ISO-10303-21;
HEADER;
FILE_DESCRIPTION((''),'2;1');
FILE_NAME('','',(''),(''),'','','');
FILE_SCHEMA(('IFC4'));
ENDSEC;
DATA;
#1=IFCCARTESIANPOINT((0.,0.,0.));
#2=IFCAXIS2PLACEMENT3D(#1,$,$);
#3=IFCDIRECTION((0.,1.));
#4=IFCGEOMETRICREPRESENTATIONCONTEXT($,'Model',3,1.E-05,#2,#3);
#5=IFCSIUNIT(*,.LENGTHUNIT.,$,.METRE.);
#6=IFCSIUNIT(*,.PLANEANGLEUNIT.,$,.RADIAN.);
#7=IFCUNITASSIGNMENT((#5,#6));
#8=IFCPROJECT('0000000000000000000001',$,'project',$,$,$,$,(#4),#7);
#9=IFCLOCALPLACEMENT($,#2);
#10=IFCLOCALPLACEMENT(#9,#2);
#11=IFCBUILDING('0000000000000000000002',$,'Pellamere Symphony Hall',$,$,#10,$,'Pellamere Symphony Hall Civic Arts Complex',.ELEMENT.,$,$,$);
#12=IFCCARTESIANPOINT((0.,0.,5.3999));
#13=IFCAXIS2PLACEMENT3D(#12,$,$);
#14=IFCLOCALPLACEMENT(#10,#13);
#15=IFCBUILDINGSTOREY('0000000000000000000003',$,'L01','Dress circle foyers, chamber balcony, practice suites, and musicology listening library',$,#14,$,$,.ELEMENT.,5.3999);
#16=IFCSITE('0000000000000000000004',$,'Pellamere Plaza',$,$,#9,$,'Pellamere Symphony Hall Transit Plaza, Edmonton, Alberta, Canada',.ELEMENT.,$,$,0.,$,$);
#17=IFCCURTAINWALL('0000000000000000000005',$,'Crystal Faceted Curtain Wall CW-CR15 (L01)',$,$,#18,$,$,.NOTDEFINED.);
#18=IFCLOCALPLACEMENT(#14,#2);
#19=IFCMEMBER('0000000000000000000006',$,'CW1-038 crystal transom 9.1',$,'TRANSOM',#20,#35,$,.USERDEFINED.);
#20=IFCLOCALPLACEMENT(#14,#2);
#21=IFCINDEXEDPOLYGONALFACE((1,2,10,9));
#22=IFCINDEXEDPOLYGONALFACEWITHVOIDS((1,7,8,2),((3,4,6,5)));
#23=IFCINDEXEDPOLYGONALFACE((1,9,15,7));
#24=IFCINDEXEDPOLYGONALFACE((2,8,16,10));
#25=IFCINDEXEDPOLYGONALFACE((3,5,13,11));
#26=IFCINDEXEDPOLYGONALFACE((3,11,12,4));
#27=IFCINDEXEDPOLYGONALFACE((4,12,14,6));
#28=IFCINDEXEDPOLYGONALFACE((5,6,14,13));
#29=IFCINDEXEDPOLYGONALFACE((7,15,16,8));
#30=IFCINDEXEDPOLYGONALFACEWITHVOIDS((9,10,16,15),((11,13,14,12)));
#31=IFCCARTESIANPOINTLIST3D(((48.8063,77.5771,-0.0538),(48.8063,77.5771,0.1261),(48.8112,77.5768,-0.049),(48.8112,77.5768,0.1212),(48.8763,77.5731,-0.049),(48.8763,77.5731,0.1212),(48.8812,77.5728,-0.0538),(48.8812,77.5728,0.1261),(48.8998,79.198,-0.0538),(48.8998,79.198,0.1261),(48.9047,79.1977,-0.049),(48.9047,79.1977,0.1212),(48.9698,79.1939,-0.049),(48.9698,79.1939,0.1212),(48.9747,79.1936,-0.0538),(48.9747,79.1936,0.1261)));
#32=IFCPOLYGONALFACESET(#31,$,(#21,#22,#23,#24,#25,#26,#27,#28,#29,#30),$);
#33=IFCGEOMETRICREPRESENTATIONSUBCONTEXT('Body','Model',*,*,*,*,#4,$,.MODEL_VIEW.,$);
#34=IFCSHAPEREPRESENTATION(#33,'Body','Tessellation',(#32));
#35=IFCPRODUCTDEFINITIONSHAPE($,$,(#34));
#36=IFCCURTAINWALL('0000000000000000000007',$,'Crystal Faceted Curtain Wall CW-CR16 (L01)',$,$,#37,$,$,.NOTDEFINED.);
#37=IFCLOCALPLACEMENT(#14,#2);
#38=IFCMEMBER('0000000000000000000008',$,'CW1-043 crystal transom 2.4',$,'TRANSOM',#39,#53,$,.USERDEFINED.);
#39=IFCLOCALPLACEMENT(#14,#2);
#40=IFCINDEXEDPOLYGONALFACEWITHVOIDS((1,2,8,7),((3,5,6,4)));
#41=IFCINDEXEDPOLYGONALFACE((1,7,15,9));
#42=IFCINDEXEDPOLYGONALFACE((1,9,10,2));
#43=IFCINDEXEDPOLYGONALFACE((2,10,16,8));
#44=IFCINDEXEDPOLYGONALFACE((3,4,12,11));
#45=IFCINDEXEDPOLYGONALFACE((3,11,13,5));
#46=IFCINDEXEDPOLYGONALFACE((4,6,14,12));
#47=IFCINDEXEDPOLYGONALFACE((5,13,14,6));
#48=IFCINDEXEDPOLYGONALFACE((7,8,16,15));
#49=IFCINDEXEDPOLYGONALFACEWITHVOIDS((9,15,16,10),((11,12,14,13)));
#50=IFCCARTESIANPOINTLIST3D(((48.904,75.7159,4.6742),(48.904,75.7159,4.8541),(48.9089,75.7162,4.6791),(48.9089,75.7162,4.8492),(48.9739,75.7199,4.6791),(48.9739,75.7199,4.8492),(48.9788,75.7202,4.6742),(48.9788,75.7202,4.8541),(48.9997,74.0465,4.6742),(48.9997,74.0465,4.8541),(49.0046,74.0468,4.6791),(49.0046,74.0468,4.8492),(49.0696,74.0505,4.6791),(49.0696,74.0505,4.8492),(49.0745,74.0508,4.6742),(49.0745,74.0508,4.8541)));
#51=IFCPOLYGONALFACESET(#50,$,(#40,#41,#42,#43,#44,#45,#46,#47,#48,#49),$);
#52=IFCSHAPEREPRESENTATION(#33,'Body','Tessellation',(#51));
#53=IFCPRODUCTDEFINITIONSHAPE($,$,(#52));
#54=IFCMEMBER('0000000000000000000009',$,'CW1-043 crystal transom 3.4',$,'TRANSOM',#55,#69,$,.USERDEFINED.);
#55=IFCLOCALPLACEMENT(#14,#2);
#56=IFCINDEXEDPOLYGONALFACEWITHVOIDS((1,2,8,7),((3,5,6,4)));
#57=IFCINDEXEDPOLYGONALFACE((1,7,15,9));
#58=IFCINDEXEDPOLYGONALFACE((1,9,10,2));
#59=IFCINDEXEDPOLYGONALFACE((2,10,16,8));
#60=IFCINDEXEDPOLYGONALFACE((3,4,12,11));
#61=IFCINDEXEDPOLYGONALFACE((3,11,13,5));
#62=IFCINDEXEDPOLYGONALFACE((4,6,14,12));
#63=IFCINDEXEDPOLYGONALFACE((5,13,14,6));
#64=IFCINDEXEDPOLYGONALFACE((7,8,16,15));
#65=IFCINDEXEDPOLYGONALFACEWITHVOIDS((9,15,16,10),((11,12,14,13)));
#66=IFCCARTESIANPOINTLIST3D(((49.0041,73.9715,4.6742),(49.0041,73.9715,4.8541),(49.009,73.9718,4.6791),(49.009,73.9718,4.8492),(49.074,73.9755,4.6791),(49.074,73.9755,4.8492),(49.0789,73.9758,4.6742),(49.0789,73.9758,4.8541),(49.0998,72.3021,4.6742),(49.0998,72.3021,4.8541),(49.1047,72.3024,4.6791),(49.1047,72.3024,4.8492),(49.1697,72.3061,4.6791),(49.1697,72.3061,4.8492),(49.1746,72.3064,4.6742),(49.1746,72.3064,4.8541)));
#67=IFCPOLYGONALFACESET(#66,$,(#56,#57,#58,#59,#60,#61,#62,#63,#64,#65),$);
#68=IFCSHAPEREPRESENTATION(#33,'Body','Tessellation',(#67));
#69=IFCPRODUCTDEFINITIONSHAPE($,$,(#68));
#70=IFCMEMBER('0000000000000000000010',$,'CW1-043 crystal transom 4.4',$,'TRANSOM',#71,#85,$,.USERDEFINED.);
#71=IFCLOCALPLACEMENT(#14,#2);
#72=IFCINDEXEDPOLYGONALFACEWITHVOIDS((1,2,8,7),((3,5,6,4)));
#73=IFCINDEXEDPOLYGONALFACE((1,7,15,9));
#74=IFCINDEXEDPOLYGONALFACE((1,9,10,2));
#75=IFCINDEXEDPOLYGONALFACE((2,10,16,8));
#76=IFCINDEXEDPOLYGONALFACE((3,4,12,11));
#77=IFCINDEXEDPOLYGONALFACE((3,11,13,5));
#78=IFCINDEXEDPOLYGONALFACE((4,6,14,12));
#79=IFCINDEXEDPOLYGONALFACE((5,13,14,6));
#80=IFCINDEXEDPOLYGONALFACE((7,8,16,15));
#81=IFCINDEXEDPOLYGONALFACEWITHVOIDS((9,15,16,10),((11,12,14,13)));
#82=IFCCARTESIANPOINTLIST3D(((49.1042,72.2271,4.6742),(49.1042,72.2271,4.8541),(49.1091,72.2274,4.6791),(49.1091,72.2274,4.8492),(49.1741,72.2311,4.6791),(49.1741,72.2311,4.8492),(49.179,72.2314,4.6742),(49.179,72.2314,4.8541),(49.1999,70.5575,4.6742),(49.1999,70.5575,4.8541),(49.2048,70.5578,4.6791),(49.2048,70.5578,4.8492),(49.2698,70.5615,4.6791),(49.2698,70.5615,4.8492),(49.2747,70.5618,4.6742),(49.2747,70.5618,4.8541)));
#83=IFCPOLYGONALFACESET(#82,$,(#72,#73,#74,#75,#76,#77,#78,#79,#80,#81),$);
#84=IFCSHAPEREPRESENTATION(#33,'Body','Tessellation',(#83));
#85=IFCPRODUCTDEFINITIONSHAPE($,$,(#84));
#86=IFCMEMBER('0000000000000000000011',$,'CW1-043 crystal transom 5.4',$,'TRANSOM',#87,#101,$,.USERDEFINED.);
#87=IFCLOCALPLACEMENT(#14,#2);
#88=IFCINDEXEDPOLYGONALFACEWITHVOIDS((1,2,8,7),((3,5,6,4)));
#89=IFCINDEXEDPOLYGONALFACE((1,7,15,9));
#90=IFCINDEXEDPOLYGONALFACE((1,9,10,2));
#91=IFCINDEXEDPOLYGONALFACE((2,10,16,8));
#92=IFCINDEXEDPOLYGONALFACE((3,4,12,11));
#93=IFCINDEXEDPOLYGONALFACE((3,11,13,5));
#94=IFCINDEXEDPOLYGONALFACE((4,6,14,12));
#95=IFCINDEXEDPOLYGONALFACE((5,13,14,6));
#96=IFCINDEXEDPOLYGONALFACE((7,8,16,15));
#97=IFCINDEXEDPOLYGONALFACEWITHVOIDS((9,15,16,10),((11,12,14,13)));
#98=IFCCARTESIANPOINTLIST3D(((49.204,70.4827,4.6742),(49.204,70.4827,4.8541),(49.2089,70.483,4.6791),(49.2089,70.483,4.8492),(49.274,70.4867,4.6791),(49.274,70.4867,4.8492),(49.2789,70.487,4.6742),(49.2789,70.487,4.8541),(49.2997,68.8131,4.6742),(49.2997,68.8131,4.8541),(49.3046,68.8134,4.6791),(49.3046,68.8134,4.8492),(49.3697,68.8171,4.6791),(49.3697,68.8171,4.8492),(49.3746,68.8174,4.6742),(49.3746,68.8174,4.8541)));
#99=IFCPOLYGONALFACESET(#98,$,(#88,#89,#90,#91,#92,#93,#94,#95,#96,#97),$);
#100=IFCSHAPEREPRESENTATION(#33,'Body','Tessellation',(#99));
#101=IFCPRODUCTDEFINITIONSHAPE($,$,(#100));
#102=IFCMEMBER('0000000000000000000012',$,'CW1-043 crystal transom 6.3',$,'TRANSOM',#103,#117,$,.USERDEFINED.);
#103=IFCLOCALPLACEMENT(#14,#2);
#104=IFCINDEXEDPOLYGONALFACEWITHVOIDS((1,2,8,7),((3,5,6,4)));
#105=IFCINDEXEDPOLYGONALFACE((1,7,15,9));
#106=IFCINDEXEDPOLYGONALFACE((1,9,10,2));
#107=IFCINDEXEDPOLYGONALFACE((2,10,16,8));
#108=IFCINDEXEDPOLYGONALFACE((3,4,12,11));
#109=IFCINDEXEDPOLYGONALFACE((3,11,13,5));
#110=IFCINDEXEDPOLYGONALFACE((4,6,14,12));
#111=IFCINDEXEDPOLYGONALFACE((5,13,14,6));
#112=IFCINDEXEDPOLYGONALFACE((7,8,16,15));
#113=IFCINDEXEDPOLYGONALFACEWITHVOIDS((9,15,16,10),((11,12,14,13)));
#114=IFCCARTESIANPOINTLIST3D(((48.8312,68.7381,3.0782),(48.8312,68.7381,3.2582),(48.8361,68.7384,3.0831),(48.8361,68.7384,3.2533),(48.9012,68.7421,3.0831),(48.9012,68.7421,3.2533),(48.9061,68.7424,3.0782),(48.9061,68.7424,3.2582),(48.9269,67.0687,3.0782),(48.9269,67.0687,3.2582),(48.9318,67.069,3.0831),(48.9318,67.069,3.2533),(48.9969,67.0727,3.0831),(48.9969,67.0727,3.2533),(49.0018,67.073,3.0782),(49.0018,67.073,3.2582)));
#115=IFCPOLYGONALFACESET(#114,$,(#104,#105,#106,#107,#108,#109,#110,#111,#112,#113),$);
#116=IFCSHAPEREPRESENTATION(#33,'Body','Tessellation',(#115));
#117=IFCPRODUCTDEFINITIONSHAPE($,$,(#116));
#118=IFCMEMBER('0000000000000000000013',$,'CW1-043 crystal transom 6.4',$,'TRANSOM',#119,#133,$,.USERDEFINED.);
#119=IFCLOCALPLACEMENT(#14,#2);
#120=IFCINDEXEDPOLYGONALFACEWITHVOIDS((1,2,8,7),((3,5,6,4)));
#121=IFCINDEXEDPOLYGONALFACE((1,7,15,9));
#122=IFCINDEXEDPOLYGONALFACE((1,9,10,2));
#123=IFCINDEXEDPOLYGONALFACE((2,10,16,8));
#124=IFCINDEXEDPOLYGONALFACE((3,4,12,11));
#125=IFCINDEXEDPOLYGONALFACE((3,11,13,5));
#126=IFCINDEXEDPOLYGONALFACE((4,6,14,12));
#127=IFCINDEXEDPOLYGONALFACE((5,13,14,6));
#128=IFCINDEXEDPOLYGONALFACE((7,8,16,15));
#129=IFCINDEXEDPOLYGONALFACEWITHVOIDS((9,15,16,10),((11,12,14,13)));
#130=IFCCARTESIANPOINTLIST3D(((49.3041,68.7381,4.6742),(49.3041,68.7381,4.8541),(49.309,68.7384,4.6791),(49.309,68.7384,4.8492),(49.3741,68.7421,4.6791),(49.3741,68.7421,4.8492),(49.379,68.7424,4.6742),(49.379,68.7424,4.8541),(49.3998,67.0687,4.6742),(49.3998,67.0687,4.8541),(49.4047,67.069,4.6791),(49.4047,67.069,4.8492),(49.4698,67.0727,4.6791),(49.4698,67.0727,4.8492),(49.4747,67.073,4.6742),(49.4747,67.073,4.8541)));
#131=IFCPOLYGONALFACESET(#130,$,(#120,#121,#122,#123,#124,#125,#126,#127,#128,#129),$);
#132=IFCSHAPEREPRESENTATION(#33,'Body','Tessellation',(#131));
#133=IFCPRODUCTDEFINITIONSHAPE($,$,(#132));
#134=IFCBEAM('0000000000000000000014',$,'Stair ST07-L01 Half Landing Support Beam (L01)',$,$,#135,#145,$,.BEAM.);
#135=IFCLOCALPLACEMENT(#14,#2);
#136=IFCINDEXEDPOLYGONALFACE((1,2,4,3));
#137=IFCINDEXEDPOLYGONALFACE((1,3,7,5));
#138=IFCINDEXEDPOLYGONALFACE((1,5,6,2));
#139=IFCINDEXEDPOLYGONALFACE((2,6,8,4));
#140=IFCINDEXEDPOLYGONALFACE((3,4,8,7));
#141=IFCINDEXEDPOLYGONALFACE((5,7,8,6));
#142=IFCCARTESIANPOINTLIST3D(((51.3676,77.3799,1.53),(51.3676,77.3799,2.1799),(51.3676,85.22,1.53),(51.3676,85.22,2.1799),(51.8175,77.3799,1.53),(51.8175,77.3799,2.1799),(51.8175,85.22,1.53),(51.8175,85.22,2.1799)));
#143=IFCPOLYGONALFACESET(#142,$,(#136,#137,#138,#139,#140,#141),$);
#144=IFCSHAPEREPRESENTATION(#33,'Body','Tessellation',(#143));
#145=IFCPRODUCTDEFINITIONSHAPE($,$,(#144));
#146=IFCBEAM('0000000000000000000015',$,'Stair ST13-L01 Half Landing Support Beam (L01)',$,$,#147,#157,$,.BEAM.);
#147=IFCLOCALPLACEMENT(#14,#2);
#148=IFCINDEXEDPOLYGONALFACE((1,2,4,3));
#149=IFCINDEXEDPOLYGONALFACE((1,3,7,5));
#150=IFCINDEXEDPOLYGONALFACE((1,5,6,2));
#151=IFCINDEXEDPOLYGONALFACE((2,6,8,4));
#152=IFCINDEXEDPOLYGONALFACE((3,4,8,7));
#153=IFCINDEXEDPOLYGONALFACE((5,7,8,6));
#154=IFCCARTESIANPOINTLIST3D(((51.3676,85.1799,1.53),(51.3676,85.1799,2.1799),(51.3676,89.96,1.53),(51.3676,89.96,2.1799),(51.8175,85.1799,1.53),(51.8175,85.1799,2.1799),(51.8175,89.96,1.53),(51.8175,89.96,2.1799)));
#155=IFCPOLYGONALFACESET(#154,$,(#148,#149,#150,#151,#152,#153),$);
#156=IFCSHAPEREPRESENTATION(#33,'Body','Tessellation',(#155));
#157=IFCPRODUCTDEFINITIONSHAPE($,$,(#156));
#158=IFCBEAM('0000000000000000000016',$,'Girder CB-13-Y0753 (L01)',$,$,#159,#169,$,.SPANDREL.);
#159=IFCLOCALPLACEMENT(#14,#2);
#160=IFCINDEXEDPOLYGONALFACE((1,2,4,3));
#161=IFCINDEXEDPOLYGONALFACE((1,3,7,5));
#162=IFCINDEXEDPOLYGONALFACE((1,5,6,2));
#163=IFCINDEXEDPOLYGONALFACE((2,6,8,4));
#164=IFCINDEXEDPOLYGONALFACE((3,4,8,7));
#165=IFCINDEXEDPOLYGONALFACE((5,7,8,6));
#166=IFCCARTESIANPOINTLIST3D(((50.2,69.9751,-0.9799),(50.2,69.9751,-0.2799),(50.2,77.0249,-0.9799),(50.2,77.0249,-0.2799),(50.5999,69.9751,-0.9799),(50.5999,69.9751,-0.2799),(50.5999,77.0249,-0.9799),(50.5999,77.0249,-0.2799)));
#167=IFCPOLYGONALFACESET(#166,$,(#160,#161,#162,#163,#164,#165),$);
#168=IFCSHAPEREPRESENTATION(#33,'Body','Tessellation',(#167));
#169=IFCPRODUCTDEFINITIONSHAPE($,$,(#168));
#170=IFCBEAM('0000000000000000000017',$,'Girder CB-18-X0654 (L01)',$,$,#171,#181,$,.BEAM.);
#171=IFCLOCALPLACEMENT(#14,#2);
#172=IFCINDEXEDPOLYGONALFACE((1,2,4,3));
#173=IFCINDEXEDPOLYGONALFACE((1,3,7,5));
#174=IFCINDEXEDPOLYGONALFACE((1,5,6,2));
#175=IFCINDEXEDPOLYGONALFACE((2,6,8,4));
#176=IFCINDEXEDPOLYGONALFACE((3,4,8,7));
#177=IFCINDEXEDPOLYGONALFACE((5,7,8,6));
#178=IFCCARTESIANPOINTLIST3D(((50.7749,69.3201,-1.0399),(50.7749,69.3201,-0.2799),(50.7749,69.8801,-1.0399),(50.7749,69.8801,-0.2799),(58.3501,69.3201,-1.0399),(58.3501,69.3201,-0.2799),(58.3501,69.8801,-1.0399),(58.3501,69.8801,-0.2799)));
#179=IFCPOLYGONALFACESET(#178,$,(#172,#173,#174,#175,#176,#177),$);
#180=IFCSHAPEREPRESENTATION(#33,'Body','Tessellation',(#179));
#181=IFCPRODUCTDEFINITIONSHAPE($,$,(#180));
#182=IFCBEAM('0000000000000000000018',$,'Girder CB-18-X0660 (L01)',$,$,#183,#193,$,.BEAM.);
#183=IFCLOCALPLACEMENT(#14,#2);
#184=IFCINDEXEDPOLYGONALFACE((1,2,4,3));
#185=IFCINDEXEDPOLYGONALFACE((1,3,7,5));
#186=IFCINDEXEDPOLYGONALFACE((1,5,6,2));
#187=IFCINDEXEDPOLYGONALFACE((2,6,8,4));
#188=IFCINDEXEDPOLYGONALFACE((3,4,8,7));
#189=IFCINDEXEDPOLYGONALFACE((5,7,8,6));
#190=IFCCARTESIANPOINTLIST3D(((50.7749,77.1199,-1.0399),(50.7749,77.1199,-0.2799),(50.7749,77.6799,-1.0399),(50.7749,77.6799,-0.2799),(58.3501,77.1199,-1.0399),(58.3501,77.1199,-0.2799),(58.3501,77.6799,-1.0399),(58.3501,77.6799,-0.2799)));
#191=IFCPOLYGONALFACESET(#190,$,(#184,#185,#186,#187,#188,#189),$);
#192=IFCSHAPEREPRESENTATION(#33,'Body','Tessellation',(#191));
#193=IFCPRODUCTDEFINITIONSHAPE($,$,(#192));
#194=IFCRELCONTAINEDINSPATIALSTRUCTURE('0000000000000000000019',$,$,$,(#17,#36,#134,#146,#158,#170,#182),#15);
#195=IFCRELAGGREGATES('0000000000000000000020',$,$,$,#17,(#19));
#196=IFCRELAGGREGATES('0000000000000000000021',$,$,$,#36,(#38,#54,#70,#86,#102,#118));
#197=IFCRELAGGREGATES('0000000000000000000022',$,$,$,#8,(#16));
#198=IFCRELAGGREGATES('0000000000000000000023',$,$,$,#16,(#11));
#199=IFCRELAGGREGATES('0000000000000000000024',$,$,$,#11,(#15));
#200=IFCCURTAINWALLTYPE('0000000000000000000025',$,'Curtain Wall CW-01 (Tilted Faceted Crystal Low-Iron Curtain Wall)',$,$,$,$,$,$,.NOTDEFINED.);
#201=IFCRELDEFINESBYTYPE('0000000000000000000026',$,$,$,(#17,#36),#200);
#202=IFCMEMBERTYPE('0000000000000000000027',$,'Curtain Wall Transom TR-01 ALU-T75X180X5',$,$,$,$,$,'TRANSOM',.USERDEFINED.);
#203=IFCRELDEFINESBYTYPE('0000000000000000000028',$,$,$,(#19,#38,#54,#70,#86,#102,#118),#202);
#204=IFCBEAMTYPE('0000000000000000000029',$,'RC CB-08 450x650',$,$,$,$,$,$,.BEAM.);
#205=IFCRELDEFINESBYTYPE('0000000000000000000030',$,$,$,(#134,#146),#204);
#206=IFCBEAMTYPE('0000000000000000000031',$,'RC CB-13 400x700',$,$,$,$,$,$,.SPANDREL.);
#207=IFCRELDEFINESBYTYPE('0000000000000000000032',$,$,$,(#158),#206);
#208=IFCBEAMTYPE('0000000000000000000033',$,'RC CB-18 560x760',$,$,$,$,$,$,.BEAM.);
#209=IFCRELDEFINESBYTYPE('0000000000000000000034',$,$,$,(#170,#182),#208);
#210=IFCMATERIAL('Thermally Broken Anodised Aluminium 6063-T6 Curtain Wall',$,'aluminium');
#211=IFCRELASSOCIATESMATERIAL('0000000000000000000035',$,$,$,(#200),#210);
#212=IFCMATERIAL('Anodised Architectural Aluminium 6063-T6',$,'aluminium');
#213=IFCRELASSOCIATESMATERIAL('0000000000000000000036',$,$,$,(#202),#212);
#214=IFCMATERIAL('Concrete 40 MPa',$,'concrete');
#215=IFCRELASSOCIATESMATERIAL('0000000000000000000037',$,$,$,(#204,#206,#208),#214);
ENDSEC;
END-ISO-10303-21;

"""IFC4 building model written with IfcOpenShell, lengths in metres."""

from ifc_helpers import new_model, si_unit, direction, frame, origin, origin_2d, place, context, subcontext, project, spatial, rectangle, hollow_rectangle, extrude, material, material_profile, profile_set, type_object, element, aggregate, save


model = new_model("IFC4")

# Units and contexts
model_context = context("Model", 3, precision=1e-05, world=origin(), true_north=direction((0.0, 1.0)))
body_context = subcontext(model_context, "Body", "Model", "MODEL_VIEW")
ifc_project = project(units=[si_unit("LENGTHUNIT", "METRE"), si_unit("PLANEANGLEUNIT", "RADIAN")], contexts=[model_context])

# Site, building, storey
site_placement = place(None, origin())
site = spatial("IfcSite", under=ifc_project, at=site_placement, Name="Pellamere Plaza", LongName="Pellamere Symphony Hall Transit Plaza, Edmonton, Alberta, Canada", CompositionType="ELEMENT", RefElevation=0.0)
building_placement = place(site_placement, origin())
building = spatial("IfcBuilding", under=site, at=building_placement, Name="Pellamere Symphony Hall", LongName="Pellamere Symphony Hall Civic Arts Complex", CompositionType="ELEMENT")
storey_placement = place(building_placement, frame((0.0, 0.0, 5.3999)))
storey = spatial("IfcBuildingStorey", under=building, at=storey_placement, Name="L01", Description="Dress circle foyers, chamber balcony, practice suites, and musicology listening library", CompositionType="ELEMENT", Elevation=5.3999)

# Shared definitions
ifc_material_1 = material(Name="Concrete 40 MPa", Category="concrete")

# Curtain walls, members
ifc_material_2 = material(Name="Thermally Broken Anodised Aluminium 6063-T6 Curtain Wall", Category="aluminium")
curtain_wall_type = type_object("IfcCurtainWallType", Name="Curtain Wall CW-01 (Tilted Faceted Crystal Low-Iron Curtain Wall)", PredefinedType="NOTDEFINED", material=ifc_material_2)
curtain_wall_1_placement = place(storey_placement, origin())
curtain_wall_1 = element("IfcCurtainWall", 1, at=curtain_wall_1_placement, inside=storey, type_object=curtain_wall_type, Name="Crystal Faceted Curtain Wall CW-CR15 (L01)", PredefinedType="NOTDEFINED")
ifc_material_3 = material(Name="Anodised Architectural Aluminium 6063-T6", Category="aluminium")
ifc_material_profile_1 = material_profile(ifc_material_3, hollow_rectangle(XDim=0.075, YDim=0.1799, WallThickness=0.0049, at=origin_2d()), Name="ALU-T75X180X5")
ifc_profile_set_1 = profile_set([ifc_material_profile_1], Name="Anodised Architectural Aluminium 6063-T6")
member_type_1 = type_object("IfcMemberType", Name="Curtain Wall Transom TR-01 ALU-T75X180X5", ElementType="TRANSOM", PredefinedType="USERDEFINED", material=ifc_profile_set_1)
member_1_placement = place(storey_placement, frame((48.9373, 79.1958, 0.0361), z_axis=(-0.057594, -0.99834, 0.0), x_axis=(0.99834, -0.057594, 0.0)))
member_1 = element("IfcMember", 2, at=member_1_placement, type_object=member_type_1, Name="CW1-038 crystal transom 9.1", ObjectType="TRANSOM", PredefinedType="USERDEFINED", context=body_context, shape_type="SweptSolid", body=[
    extrude(hollow_rectangle(XDim=0.075, YDim=0.1799, WallThickness=0.0049, at=origin_2d()), origin(), (0.0, 0.0, 1.0), 1.6235),
])
curtain_wall_2_placement = place(storey_placement, origin())
curtain_wall_2 = element("IfcCurtainWall", 3, at=curtain_wall_2_placement, inside=storey, type_object=curtain_wall_type, Name="Crystal Faceted Curtain Wall CW-CR16 (L01)", PredefinedType="NOTDEFINED")
member_2_placement = place(storey_placement, frame((48.9414, 75.718, 4.7642), z_axis=(0.057233, -0.998361, 0.0), x_axis=(0.998361, 0.057233, 0.0)))
member_2 = element("IfcMember", 4, at=member_2_placement, type_object=member_type_1, Name="CW1-043 crystal transom 2.4", ObjectType="TRANSOM", PredefinedType="USERDEFINED", context=body_context, shape_type="SweptSolid", body=[
    extrude(hollow_rectangle(XDim=0.075, YDim=0.1799, WallThickness=0.0049, at=origin_2d()), origin(), (0.0, 0.0, 1.0), 1.6721),
])
member_3_placement = place(storey_placement, frame((49.0415, 73.9736, 4.7642), z_axis=(0.057233, -0.998361, 0.0), x_axis=(0.998361, 0.057233, 0.0)))
member_3 = element("IfcMember", 5, at=member_3_placement, type_object=member_type_1, Name="CW1-043 crystal transom 3.4", ObjectType="TRANSOM", PredefinedType="USERDEFINED", context=body_context, shape_type="SweptSolid", body=[
    extrude(hollow_rectangle(XDim=0.075, YDim=0.1799, WallThickness=0.0049, at=origin_2d()), origin(), (0.0, 0.0, 1.0), 1.6721),
])
member_4_placement = place(storey_placement, frame((49.1416, 72.2292, 4.7642), z_axis=(0.057224, -0.998361, 0.0), x_axis=(0.998361, 0.057224, 0.0)))
member_4 = element("IfcMember", 6, at=member_4_placement, type_object=member_type_1, Name="CW1-043 crystal transom 4.4", ObjectType="TRANSOM", PredefinedType="USERDEFINED", context=body_context, shape_type="SweptSolid", body=[
    extrude(hollow_rectangle(XDim=0.075, YDim=0.1799, WallThickness=0.0049, at=origin_2d()), origin(), (0.0, 0.0, 1.0), 1.6724),
])
member_5_placement = place(storey_placement, frame((49.2415, 70.4849, 4.7642), z_axis=(0.057224, -0.998361, 0.0), x_axis=(0.998361, 0.057224, 0.0)))
member_5 = element("IfcMember", 7, at=member_5_placement, type_object=member_type_1, Name="CW1-043 crystal transom 5.4", ObjectType="TRANSOM", PredefinedType="USERDEFINED", context=body_context, shape_type="SweptSolid", body=[
    extrude(hollow_rectangle(XDim=0.075, YDim=0.1799, WallThickness=0.0049, at=origin_2d()), origin(), (0.0, 0.0, 1.0), 1.6724),
])
member_6_placement = place(storey_placement, frame((48.8687, 68.7402, 3.1682), z_axis=(0.057233, -0.998361, 0.0), x_axis=(0.998361, 0.057233, 0.0)))
member_6 = element("IfcMember", 8, at=member_6_placement, type_object=member_type_1, Name="CW1-043 crystal transom 6.3", ObjectType="TRANSOM", PredefinedType="USERDEFINED", context=body_context, shape_type="SweptSolid", body=[
    extrude(hollow_rectangle(XDim=0.075, YDim=0.1799, WallThickness=0.0049, at=origin_2d()), origin(), (0.0, 0.0, 1.0), 1.6721),
])
member_7_placement = place(storey_placement, frame((49.3416, 68.7402, 4.7642), z_axis=(0.057233, -0.998361, 0.0), x_axis=(0.998361, 0.057233, 0.0)))
member_7 = element("IfcMember", 9, at=member_7_placement, type_object=member_type_1, Name="CW1-043 crystal transom 6.4", ObjectType="TRANSOM", PredefinedType="USERDEFINED", context=body_context, shape_type="SweptSolid", body=[
    extrude(hollow_rectangle(XDim=0.075, YDim=0.1799, WallThickness=0.0049, at=origin_2d()), origin(), (0.0, 0.0, 1.0), 1.6721),
])

# Beams
ifc_material_profile_2 = material_profile(ifc_material_1, rectangle(XDim=0.45, YDim=0.6499, at=origin_2d()), Name="RC 450x650")
ifc_profile_set_2 = profile_set([ifc_material_profile_2], Name="Concrete 40 MPa")
beam_type_1 = type_object("IfcBeamType", Name="RC CB-08 450x650", PredefinedType="BEAM", material=ifc_profile_set_2)
beam_1_placement = place(storey_placement, frame((51.5925, 77.3799, 1.855), z_axis=(0.0, 1.0, 0.0), x_axis=(-1.0, 0.0, 0.0)))
element("IfcBeam", 10, at=beam_1_placement, inside=storey, type_object=beam_type_1, Name="Stair ST07-L01 Half Landing Support Beam (L01)", PredefinedType="BEAM", context=body_context, shape_type="SweptSolid", body=[
    extrude(rectangle(XDim=0.45, YDim=0.6499, at=origin_2d()), origin(), (0.0, 0.0, 1.0), 7.8401),
])
beam_2_placement = place(storey_placement, frame((51.5925, 85.1799, 1.855), z_axis=(0.0, 1.0, 0.0), x_axis=(-1.0, 0.0, 0.0)))
element("IfcBeam", 11, at=beam_2_placement, inside=storey, type_object=beam_type_1, Name="Stair ST13-L01 Half Landing Support Beam (L01)", PredefinedType="BEAM", context=body_context, shape_type="SweptSolid", body=[
    extrude(rectangle(XDim=0.45, YDim=0.6499, at=origin_2d()), origin(), (0.0, 0.0, 1.0), 4.78),
])
ifc_material_profile_3 = material_profile(ifc_material_1, rectangle(XDim=0.3999, YDim=0.7, at=origin_2d()), Name="RC 400x700")
ifc_profile_set_3 = profile_set([ifc_material_profile_3], Name="Concrete 40 MPa")
beam_type_2 = type_object("IfcBeamType", Name="RC CB-13 400x700", PredefinedType="SPANDREL", material=ifc_profile_set_3)
beam_3_placement = place(storey_placement, frame((50.3999, 69.9751, -0.6299), z_axis=(0.0, 1.0, 0.0), x_axis=(-1.0, 0.0, 0.0)))
element("IfcBeam", 12, at=beam_3_placement, inside=storey, type_object=beam_type_2, Name="Girder CB-13-Y0753 (L01)", PredefinedType="SPANDREL", context=body_context, shape_type="SweptSolid", body=[
    extrude(rectangle(XDim=0.3999, YDim=0.7, at=origin_2d()), origin(), (0.0, 0.0, 1.0), 7.0498),
])
ifc_material_profile_4 = material_profile(ifc_material_1, rectangle(XDim=0.5601, YDim=0.76, at=origin_2d()), Name="RC 560x760")
ifc_profile_set_4 = profile_set([ifc_material_profile_4], Name="Concrete 40 MPa")
beam_type_3 = type_object("IfcBeamType", Name="RC CB-18 560x760", PredefinedType="BEAM", material=ifc_profile_set_4)
for number, where, z_axis, x_axis, name in (
    (13, (50.7749, 69.6001, -0.6599), (1.0, 0.0, 0.0), (0.0, 1.0, 0.0), "Girder CB-18-X0654 (L01)"),
    (14, (50.7749, 77.3999, -0.6599), (1.0, 0.0, 0.0), (0.0, 1.0, 0.0), "Girder CB-18-X0660 (L01)"),
):
    element("IfcBeam", number, at=place(storey_placement, frame(where, z_axis=z_axis, x_axis=x_axis)), inside=storey, type_object=beam_type_3, Name=name, PredefinedType="BEAM", context=body_context, shape_type="SweptSolid", body=[
        extrude(rectangle(XDim=0.5601, YDim=0.76, at=origin_2d()), origin(), (0.0, 0.0, 1.0), 7.5752),
    ])

aggregate(curtain_wall_1, [member_1])
aggregate(curtain_wall_2, [member_2, member_3, member_4, member_5, member_6, member_7])

save(model, "model.ifc")
